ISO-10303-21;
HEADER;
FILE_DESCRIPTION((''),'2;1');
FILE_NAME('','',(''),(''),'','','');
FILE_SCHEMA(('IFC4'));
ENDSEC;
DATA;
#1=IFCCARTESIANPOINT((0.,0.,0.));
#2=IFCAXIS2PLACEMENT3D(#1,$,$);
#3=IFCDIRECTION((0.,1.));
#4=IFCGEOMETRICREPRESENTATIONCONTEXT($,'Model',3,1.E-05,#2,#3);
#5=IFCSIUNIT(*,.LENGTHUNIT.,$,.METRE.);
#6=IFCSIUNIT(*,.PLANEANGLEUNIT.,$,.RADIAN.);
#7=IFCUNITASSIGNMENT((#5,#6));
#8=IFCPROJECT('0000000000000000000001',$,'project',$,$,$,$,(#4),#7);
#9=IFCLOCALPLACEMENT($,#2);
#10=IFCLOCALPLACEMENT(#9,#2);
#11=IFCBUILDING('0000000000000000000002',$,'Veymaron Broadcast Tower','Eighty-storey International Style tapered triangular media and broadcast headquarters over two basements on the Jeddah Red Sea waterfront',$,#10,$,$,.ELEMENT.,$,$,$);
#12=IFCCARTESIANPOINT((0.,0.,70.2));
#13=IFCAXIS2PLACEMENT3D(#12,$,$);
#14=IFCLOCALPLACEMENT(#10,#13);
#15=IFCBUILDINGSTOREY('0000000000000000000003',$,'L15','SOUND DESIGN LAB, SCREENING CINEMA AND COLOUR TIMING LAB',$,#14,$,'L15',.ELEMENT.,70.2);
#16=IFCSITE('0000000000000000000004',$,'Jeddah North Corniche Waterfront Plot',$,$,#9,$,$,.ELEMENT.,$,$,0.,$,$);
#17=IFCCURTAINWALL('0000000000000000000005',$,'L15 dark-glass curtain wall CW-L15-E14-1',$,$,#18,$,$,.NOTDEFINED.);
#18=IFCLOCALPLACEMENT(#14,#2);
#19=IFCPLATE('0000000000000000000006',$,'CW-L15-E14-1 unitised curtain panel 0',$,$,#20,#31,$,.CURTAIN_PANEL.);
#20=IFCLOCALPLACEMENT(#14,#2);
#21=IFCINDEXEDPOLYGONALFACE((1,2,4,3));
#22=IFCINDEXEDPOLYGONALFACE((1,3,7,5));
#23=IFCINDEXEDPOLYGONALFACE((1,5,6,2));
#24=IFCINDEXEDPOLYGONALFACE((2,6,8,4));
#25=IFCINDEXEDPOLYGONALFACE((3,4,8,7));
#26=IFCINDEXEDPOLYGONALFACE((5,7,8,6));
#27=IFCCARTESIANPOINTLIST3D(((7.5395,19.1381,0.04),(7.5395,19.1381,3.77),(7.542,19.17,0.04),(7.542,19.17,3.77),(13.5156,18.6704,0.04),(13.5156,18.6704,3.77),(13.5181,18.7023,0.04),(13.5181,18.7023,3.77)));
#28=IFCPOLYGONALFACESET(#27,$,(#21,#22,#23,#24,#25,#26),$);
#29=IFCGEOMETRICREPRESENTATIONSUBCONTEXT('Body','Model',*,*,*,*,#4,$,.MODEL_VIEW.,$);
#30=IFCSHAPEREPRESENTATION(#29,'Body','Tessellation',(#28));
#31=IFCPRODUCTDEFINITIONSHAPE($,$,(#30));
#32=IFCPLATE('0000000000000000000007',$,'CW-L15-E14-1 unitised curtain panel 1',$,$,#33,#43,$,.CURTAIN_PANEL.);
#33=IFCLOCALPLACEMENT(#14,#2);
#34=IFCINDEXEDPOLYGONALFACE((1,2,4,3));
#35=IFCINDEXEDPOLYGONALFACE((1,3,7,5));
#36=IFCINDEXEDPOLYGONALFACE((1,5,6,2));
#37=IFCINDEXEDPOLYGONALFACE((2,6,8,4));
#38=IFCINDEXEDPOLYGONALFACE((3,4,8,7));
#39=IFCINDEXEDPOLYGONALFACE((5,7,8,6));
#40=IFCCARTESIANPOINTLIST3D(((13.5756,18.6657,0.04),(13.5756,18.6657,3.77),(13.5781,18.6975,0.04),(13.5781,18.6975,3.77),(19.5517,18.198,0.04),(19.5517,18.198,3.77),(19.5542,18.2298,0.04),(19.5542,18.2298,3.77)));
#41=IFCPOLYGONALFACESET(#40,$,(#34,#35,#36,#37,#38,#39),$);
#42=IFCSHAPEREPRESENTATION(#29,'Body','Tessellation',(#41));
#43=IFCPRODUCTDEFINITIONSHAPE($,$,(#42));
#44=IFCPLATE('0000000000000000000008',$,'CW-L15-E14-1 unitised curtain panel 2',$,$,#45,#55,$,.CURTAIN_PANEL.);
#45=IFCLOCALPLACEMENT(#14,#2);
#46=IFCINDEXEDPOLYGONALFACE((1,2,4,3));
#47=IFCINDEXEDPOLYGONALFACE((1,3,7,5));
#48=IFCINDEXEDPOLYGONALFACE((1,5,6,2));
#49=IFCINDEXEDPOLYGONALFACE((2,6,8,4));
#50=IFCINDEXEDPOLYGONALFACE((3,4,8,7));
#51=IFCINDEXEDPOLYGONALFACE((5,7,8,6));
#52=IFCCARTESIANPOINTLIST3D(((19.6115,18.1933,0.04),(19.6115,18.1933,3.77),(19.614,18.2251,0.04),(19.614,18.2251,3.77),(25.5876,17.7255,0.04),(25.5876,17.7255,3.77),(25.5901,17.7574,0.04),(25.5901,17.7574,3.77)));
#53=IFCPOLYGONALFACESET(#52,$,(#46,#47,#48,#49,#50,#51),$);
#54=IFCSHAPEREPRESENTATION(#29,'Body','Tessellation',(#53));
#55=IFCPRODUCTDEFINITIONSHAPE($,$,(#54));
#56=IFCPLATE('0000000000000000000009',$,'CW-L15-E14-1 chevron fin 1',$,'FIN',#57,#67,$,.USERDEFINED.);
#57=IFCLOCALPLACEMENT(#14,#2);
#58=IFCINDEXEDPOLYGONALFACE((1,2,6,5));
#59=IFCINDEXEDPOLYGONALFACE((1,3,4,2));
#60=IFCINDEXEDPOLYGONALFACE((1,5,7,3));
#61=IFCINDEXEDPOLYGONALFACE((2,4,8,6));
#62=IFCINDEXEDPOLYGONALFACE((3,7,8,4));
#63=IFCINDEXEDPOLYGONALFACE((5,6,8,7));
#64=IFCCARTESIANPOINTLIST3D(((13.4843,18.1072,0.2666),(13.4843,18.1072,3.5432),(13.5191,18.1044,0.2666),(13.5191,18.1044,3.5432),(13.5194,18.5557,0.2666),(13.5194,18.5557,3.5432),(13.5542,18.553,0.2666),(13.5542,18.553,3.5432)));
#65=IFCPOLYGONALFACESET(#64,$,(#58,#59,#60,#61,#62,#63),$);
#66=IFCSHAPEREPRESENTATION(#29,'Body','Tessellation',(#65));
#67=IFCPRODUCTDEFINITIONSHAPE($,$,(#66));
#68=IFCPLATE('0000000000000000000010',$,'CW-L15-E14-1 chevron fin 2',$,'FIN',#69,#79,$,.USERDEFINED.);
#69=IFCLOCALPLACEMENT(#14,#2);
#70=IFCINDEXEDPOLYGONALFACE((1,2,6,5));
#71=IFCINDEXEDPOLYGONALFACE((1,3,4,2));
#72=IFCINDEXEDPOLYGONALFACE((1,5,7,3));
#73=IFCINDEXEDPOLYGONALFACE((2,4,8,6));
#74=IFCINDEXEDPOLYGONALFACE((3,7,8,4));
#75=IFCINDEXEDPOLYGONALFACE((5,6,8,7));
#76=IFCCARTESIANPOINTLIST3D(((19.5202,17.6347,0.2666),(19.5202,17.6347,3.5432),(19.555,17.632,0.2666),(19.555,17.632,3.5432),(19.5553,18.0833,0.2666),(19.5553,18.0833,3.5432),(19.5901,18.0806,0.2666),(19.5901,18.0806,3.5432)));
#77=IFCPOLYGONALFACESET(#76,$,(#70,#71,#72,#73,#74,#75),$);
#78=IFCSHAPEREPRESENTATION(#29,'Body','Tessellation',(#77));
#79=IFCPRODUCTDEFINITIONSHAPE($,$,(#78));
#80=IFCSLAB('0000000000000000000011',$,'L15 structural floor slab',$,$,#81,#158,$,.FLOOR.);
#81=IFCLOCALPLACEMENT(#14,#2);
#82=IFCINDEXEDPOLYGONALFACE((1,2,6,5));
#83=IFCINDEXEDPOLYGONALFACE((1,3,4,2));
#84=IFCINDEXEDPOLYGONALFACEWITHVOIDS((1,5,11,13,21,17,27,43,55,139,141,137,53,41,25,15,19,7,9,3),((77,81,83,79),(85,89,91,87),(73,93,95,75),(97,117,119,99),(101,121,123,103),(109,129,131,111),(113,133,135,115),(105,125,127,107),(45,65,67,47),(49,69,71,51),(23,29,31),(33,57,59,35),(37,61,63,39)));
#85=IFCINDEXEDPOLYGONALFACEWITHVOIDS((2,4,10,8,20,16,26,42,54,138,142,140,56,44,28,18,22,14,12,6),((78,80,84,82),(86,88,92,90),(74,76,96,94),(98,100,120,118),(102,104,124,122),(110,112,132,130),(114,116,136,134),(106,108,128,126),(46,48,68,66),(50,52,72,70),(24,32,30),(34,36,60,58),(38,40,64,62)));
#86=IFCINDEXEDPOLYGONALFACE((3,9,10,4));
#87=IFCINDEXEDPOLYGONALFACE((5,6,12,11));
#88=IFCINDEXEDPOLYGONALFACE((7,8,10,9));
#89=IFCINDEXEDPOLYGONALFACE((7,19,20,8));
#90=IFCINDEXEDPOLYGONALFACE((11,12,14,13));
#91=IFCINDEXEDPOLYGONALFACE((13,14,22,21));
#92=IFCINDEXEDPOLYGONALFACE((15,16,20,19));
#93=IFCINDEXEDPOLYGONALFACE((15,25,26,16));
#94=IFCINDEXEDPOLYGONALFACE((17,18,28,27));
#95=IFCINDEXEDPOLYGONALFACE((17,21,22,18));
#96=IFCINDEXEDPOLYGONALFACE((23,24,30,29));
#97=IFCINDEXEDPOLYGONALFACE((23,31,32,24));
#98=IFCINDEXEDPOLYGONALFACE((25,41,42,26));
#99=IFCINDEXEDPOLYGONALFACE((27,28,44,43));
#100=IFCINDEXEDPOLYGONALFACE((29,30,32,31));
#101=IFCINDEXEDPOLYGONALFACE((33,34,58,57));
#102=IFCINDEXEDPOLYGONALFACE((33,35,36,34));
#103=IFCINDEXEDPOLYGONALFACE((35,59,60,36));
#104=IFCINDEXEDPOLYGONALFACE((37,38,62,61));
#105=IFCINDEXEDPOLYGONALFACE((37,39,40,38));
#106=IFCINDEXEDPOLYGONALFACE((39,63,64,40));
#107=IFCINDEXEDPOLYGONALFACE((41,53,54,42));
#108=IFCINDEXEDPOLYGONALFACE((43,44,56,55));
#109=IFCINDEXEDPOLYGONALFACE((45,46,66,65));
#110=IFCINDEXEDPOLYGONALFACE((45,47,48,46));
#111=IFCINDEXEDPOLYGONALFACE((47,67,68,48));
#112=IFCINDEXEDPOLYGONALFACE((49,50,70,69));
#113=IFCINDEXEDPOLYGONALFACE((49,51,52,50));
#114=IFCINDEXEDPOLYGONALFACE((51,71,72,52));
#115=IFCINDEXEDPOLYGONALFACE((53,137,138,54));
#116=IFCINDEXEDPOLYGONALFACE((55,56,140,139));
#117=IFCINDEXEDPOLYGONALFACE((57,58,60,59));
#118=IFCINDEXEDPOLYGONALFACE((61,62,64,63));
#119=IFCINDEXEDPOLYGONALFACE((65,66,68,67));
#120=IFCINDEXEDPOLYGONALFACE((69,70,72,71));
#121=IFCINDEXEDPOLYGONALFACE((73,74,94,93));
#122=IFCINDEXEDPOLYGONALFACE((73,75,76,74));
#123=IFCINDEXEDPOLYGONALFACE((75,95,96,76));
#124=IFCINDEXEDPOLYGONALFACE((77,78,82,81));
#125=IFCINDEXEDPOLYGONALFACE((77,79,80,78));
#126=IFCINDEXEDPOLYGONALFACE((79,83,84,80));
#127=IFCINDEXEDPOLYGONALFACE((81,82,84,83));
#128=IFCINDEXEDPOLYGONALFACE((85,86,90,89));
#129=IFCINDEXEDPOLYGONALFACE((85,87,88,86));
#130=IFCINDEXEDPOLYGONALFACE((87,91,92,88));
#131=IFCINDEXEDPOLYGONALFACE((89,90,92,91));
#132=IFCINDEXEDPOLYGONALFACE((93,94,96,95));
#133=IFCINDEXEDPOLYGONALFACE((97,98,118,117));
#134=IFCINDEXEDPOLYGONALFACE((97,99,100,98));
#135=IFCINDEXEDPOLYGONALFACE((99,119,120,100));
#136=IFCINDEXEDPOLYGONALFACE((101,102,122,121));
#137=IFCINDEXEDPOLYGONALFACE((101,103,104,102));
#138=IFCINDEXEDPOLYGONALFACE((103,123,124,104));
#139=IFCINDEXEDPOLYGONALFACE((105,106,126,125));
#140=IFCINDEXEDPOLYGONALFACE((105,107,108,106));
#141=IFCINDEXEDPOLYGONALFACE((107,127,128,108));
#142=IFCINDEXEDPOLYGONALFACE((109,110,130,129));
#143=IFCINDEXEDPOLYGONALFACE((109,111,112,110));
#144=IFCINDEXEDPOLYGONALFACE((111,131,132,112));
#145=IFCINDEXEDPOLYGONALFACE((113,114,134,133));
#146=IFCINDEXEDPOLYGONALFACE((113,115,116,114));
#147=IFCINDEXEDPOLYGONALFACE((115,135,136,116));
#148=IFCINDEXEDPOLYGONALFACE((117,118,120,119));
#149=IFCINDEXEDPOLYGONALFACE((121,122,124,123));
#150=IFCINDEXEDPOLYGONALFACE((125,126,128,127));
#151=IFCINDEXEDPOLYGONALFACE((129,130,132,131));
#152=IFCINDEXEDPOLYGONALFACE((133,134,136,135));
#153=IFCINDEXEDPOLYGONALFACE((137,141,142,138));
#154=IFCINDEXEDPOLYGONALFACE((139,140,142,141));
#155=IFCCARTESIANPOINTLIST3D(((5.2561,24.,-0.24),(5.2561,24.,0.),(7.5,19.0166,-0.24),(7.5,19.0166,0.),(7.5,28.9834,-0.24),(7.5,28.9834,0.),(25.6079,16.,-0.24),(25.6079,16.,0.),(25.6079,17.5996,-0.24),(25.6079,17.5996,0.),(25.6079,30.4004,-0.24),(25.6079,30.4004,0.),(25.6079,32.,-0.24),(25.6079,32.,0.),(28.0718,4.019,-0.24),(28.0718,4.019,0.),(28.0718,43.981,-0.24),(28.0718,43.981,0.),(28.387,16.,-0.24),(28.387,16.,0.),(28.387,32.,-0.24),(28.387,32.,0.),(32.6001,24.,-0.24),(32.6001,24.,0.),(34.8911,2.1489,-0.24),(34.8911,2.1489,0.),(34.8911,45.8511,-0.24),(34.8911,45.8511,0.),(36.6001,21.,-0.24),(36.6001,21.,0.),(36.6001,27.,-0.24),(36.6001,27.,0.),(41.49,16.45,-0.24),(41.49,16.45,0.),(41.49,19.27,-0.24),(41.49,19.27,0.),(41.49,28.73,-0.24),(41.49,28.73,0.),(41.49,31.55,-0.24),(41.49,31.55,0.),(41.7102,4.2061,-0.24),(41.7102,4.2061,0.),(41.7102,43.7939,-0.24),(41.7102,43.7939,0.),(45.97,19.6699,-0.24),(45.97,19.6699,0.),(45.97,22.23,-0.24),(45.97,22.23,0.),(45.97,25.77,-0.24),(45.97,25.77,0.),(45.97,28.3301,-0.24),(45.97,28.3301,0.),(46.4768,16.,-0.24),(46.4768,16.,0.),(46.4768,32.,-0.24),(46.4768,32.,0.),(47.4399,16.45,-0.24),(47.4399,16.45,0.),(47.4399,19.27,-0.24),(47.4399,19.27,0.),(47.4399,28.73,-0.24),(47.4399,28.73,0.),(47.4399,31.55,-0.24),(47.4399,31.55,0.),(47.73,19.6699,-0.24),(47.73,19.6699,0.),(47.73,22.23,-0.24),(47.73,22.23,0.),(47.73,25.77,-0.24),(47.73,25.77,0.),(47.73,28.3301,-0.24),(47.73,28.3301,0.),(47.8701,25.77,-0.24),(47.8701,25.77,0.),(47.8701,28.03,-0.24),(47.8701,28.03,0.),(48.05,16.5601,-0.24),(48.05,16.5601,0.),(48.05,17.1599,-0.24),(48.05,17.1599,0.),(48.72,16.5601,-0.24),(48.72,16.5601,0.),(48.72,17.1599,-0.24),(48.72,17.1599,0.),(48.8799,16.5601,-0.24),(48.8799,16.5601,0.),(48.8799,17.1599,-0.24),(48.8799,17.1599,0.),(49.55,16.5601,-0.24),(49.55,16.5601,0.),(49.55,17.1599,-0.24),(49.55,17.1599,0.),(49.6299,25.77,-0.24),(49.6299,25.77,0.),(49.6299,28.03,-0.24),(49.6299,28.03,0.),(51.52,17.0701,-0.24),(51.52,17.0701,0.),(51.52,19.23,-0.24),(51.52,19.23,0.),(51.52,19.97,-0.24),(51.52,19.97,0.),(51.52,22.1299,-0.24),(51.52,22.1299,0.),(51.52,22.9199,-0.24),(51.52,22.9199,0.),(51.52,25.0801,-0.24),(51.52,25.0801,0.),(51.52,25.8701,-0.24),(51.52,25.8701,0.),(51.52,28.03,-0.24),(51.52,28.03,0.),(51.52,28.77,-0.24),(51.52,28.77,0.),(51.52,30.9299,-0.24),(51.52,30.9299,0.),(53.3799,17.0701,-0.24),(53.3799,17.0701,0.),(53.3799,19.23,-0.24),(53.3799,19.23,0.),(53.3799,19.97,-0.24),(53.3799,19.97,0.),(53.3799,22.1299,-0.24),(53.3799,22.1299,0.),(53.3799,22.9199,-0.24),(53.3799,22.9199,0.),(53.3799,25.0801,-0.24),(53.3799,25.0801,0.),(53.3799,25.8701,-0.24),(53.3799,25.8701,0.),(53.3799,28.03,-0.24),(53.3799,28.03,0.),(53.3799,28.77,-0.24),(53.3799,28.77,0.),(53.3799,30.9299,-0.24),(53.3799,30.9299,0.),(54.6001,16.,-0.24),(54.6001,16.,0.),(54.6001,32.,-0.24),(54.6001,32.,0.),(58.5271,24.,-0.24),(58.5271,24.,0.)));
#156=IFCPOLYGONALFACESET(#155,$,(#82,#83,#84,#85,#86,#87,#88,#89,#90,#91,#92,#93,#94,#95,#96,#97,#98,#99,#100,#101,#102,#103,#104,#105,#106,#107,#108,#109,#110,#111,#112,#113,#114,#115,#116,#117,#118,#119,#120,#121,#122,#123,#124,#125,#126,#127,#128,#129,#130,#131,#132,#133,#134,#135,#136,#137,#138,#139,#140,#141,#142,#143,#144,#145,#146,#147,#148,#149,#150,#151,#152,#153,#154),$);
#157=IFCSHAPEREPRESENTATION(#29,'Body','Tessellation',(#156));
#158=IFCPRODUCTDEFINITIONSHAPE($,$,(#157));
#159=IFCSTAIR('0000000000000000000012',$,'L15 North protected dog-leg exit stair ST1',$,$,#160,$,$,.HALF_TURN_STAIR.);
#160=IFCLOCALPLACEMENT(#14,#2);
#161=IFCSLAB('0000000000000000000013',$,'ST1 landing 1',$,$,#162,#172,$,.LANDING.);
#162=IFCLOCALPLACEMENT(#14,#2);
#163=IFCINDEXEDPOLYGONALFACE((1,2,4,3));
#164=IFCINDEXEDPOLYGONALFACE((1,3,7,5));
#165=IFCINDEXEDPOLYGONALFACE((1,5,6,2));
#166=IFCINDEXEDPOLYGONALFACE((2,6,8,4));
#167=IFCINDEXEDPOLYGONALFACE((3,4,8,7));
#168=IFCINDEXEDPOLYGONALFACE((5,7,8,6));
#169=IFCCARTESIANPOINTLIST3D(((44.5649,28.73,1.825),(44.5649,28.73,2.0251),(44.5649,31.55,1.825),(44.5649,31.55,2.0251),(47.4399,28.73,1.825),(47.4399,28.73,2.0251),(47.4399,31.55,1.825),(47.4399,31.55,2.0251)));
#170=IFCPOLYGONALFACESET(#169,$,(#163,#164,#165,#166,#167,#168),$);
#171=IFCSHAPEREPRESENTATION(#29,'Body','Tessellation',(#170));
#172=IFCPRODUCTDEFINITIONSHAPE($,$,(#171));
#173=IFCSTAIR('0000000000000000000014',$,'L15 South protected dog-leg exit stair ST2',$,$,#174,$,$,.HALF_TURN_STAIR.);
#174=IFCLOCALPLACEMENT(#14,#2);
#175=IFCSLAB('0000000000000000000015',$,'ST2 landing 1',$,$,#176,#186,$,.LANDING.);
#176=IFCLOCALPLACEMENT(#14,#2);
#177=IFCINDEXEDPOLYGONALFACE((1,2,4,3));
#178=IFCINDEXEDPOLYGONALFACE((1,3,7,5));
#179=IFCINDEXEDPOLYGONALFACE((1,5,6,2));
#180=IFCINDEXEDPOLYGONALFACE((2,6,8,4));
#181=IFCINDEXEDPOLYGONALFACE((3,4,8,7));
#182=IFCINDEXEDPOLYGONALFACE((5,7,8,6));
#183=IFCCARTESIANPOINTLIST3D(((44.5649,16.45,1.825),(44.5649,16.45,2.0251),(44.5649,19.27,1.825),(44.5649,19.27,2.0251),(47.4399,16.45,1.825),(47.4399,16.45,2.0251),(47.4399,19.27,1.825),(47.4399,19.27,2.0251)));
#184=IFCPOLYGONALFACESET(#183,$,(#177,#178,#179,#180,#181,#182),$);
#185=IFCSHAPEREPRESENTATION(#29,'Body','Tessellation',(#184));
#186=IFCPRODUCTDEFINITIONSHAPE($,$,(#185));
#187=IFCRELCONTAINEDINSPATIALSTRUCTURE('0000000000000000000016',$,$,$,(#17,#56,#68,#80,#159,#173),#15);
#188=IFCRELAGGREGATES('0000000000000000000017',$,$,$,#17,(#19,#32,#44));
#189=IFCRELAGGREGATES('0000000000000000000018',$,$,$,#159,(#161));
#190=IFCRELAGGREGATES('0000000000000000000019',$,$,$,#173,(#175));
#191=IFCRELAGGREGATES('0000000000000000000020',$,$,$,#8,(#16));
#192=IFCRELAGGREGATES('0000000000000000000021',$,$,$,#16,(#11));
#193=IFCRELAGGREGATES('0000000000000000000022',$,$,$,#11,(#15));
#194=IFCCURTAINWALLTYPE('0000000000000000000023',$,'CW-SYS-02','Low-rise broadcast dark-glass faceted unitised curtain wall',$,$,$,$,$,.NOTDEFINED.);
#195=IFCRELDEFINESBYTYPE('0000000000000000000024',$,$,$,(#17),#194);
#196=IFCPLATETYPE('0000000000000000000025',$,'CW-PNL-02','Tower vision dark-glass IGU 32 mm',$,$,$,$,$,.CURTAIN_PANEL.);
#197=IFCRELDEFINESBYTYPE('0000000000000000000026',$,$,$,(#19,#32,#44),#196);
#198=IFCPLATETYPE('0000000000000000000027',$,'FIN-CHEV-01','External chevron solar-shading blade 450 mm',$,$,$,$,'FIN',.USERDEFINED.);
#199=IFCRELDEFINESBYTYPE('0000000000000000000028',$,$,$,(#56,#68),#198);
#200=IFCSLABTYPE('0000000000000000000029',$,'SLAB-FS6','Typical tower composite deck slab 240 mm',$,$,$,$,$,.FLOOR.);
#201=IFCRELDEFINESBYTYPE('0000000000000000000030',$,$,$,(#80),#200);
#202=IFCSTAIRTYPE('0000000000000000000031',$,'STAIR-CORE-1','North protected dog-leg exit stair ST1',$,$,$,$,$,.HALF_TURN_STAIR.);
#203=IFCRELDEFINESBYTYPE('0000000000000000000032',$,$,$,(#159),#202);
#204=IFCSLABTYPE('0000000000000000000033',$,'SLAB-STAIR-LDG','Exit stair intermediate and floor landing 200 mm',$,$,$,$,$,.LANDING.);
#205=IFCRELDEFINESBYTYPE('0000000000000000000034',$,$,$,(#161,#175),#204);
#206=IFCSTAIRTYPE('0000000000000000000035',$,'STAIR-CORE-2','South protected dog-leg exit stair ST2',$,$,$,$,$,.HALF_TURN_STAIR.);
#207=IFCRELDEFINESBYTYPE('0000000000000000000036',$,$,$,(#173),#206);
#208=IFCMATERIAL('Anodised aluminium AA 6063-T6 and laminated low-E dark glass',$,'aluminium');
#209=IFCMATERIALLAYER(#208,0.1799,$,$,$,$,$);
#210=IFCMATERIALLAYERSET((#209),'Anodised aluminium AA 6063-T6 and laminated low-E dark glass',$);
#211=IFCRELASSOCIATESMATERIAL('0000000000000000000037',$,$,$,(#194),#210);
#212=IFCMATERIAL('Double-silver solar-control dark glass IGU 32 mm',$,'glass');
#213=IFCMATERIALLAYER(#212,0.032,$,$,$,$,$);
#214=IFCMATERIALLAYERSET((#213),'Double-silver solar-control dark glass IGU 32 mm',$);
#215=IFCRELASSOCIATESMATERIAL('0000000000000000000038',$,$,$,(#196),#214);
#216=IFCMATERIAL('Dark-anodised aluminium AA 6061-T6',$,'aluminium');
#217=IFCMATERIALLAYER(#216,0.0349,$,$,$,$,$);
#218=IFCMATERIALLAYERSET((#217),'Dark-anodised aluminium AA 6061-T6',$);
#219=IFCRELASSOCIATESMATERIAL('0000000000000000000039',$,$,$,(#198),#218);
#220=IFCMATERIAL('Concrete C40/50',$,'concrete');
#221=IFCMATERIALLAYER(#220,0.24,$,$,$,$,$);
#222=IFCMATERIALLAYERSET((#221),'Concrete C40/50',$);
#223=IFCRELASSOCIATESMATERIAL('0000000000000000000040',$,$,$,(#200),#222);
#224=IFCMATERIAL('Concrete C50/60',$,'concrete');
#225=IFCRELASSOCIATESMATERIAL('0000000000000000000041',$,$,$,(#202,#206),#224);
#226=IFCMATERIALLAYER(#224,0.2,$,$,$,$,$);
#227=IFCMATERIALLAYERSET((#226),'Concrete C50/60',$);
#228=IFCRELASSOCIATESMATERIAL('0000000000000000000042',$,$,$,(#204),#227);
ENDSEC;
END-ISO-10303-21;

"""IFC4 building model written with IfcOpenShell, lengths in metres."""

from ifc_helpers import new_model, si_unit, direction, frame, origin, origin_2d, place, context, subcontext, project, spatial, polyline, rectangle, outline, extrude, material, layer, layer_set, type_object, element, aggregate, save


model = new_model("IFC4")

# Units and contexts
model_context = context("Model", 3, precision=1e-05, world=origin(), true_north=direction((0.0, 1.0)))
body_context = subcontext(model_context, "Body", "Model", "MODEL_VIEW")
ifc_project = project(units=[si_unit("LENGTHUNIT", "METRE"), si_unit("PLANEANGLEUNIT", "RADIAN")], contexts=[model_context])

# Site, building, storey
site_placement = place(None, origin())
site = spatial("IfcSite", under=ifc_project, at=site_placement, Name="Jeddah North Corniche Waterfront Plot", CompositionType="ELEMENT", RefElevation=0.0)
building_placement = place(site_placement, origin())
building = spatial("IfcBuilding", under=site, at=building_placement, Name="Veymaron Broadcast Tower", Description="Eighty-storey International Style tapered triangular media and broadcast headquarters over two basements on the Jeddah Red Sea waterfront", CompositionType="ELEMENT")
storey_placement = place(building_placement, frame((0.0, 0.0, 70.2)))
storey = spatial("IfcBuildingStorey", under=building, at=storey_placement, Name="L15", Description="SOUND DESIGN LAB, SCREENING CINEMA AND COLOUR TIMING LAB", LongName="L15", CompositionType="ELEMENT", Elevation=70.2)

# Curtain wall, plates
ifc_material_1 = material(Name="Anodised aluminium AA 6063-T6 and laminated low-E dark glass", Category="aluminium")
ifc_layer_1 = layer(ifc_material_1, 0.1799)
ifc_layer_set_1 = layer_set([ifc_layer_1], Name="Anodised aluminium AA 6063-T6 and laminated low-E dark glass")
curtain_wall_type = type_object("IfcCurtainWallType", Name="CW-SYS-02", Description="Low-rise broadcast dark-glass faceted unitised curtain wall", PredefinedType="NOTDEFINED", material=ifc_layer_set_1)
curtain_wall_placement = place(storey_placement, origin())
curtain_wall = element("IfcCurtainWall", 1, at=curtain_wall_placement, inside=storey, type_object=curtain_wall_type, Name="L15 dark-glass curtain wall CW-L15-E14-1", PredefinedType="NOTDEFINED")
ifc_material_2 = material(Name="Double-silver solar-control dark glass IGU 32 mm", Category="glass")
ifc_layer_2 = layer(ifc_material_2, 0.032)
ifc_layer_set_2 = layer_set([ifc_layer_2], Name="Double-silver solar-control dark glass IGU 32 mm")
plate_type_1 = type_object("IfcPlateType", Name="CW-PNL-02", Description="Tower vision dark-glass IGU 32 mm", PredefinedType="CURTAIN_PANEL", material=ifc_layer_set_2)
plate_1_placement = place(storey_placement, frame((10.5288, 18.9202, 0.04), z_axis=(0.0, 0.0, 1.0), x_axis=(0.996951, -0.078024, 0.0)))
plate_1 = element("IfcPlate", 2, at=plate_1_placement, type_object=plate_type_1, Name="CW-L15-E14-1 unitised curtain panel 0", PredefinedType="CURTAIN_PANEL", context=body_context, shape_type="SweptSolid", body=[
    extrude(rectangle(XDim=5.9944, YDim=0.032, at=origin_2d()), origin(), (0.0, 0.0, 1.0), 3.73),
])
plate_2_placement = place(storey_placement, frame((16.5649, 18.4478, 0.04), z_axis=(0.0, 0.0, 1.0), x_axis=(0.996951, -0.078024, 0.0)))
plate_2 = element("IfcPlate", 3, at=plate_2_placement, type_object=plate_type_1, Name="CW-L15-E14-1 unitised curtain panel 1", PredefinedType="CURTAIN_PANEL", context=body_context, shape_type="SweptSolid", body=[
    extrude(rectangle(XDim=5.9944, YDim=0.032, at=origin_2d()), origin(), (0.0, 0.0, 1.0), 3.73),
])
plate_3_placement = place(storey_placement, frame((22.6008, 17.9753, 0.04), z_axis=(0.0, 0.0, 1.0), x_axis=(0.996951, -0.078024, 0.0)))
plate_3 = element("IfcPlate", 4, at=plate_3_placement, type_object=plate_type_1, Name="CW-L15-E14-1 unitised curtain panel 2", PredefinedType="CURTAIN_PANEL", context=body_context, shape_type="SweptSolid", body=[
    extrude(rectangle(XDim=5.9944, YDim=0.032, at=origin_2d()), origin(), (0.0, 0.0, 1.0), 3.73),
])
aggregate(curtain_wall, [plate_1, plate_2, plate_3])

# Plates
ifc_material_3 = material(Name="Dark-anodised aluminium AA 6061-T6", Category="aluminium")
ifc_layer_3 = layer(ifc_material_3, 0.0349)
ifc_layer_set_3 = layer_set([ifc_layer_3], Name="Dark-anodised aluminium AA 6061-T6")
plate_type_2 = type_object("IfcPlateType", Name="FIN-CHEV-01", Description="External chevron solar-shading blade 450 mm", ElementType="FIN", PredefinedType="USERDEFINED", material=ifc_layer_set_3)
for number, where, z_axis, x_axis, name in (
    (5, (13.5193, 18.3301, 0.2666), (0.0, 0.0, 1.0), (-0.078024, -0.996951, 0.0), "CW-L15-E14-1 chevron fin 1"),
    (6, (19.5552, 17.8577, 0.2666), (0.0, 0.0, 1.0), (-0.078024, -0.996951, 0.0), "CW-L15-E14-1 chevron fin 2"),
):
    element("IfcPlate", number, at=place(storey_placement, frame(where, z_axis=z_axis, x_axis=x_axis)), inside=storey, type_object=plate_type_2, Name=name, ObjectType="FIN", PredefinedType="USERDEFINED", context=body_context, shape_type="SweptSolid", body=[
        extrude(rectangle(XDim=0.45, YDim=0.0349, at=origin_2d()), origin(), (0.0, 0.0, 1.0), 3.2766),
    ])

# Slab
ifc_material_4 = material(Name="Concrete C40/50", Category="concrete")
ifc_layer_4 = layer(ifc_material_4, 0.24)
ifc_layer_set_4 = layer_set([ifc_layer_4], Name="Concrete C40/50")
slab_type_1 = type_object("IfcSlabType", Name="SLAB-FS6", Description="Typical tower composite deck slab 240 mm", PredefinedType="FLOOR", material=ifc_layer_set_4)
slab_1_placement = place(storey_placement, frame((0.0, 0.0, -0.24)))
element("IfcSlab", 7, at=slab_1_placement, inside=storey, type_object=slab_type_1, Name="L15 structural floor slab", PredefinedType="FLOOR", context=body_context, shape_type="SweptSolid", body=[
    extrude(outline(polyline([(46.4768, 16.0), (54.6001, 16.0), (58.5271, 24.0), (54.6001, 32.0), (46.4768, 32.0), (41.7102, 43.7939), (34.8911, 45.8511), (28.0718, 43.981), (28.387, 32.0), (25.6079, 32.0), (25.6079, 30.4004), (7.5, 28.9834), (5.2561, 24.0), (7.5, 19.0166), (25.6079, 17.5996), (25.6079, 16.0), (28.387, 16.0), (28.0718, 4.019), (34.8911, 2.1489), (41.7102, 4.2061), (46.4768, 16.0)]), holes=[polyline([(45.97, 28.3301), (47.73, 28.3301), (47.73, 25.77), (45.97, 25.77), (45.97, 28.3301)]), polyline([(45.97, 22.23), (47.73, 22.23), (47.73, 19.6699), (45.97, 19.6699), (45.97, 22.23)]), polyline([(47.8701, 28.03), (49.6299, 28.03), (49.6299, 25.77), (47.8701, 25.77), (47.8701, 28.03)]), polyline([(51.52, 30.9299), (53.3799, 30.9299), (53.3799, 28.77), (51.52, 28.77), (51.52, 30.9299)]), polyline([(51.52, 28.03), (53.3799, 28.03), (53.3799, 25.8701), (51.52, 25.8701), (51.52, 28.03)]), polyline([(51.52, 22.1299), (53.3799, 22.1299), (53.3799, 19.97), (51.52, 19.97), (51.52, 22.1299)]), polyline([(51.52, 25.0801), (53.3799, 25.0801), (53.3799, 22.9199), (51.52, 22.9199), (51.52, 25.0801)]), polyline([(51.52, 19.23), (53.3799, 19.23), (53.3799, 17.0701), (51.52, 17.0701), (51.52, 19.23)]), polyline([(48.05, 17.1599), (48.72, 17.1599), (48.72, 16.5601), (48.05, 16.5601), (48.05, 17.1599)]), polyline([(48.8799, 17.1599), (49.55, 17.1599), (49.55, 16.5601), (48.8799, 16.5601), (48.8799, 17.1599)]), polyline([(36.6001, 27.0), (36.6001, 21.0), (32.6001, 24.0), (36.6001, 27.0)]), polyline([(41.49, 31.55), (47.4399, 31.55), (47.4399, 28.73), (41.49, 28.73), (41.49, 31.55)]), polyline([(41.49, 19.27), (47.4399, 19.27), (47.4399, 16.45), (41.49, 16.45), (41.49, 19.27)])]), origin(), (0.0, 0.0, 1.0), 0.24),
])

# Stairs, slabs
ifc_material_5 = material(Name="Concrete C50/60", Category="concrete")
stair_type_1 = type_object("IfcStairType", Name="STAIR-CORE-1", Description="North protected dog-leg exit stair ST1", PredefinedType="HALF_TURN_STAIR", material=ifc_material_5)
stair_1_placement = place(storey_placement, origin())
stair_1 = element("IfcStair", 8, at=stair_1_placement, inside=storey, type_object=stair_type_1, Name="L15 North protected dog-leg exit stair ST1", PredefinedType="HALF_TURN_STAIR")
ifc_layer_5 = layer(ifc_material_5, 0.2)
ifc_layer_set_5 = layer_set([ifc_layer_5], Name="Concrete C50/60")
slab_type_2 = type_object("IfcSlabType", Name="SLAB-STAIR-LDG", Description="Exit stair intermediate and floor landing 200 mm", PredefinedType="LANDING", material=ifc_layer_set_5)
slab_2_placement = place(storey_placement, frame((0.0, 0.0, 1.825)))
slab_2 = element("IfcSlab", 9, at=slab_2_placement, type_object=slab_type_2, Name="ST1 landing 1", PredefinedType="LANDING", context=body_context, shape_type="SweptSolid", body=[
    extrude(outline(polyline([(44.5649, 28.73), (47.4399, 28.73), (47.4399, 31.55), (44.5649, 31.55), (44.5649, 28.73)])), origin(), (0.0, 0.0, 1.0), 0.2002),
])
aggregate(stair_1, [slab_2])
stair_type_2 = type_object("IfcStairType", Name="STAIR-CORE-2", Description="South protected dog-leg exit stair ST2", PredefinedType="HALF_TURN_STAIR", material=ifc_material_5)
stair_2_placement = place(storey_placement, origin())
stair_2 = element("IfcStair", 10, at=stair_2_placement, inside=storey, type_object=stair_type_2, Name="L15 South protected dog-leg exit stair ST2", PredefinedType="HALF_TURN_STAIR")
slab_3_placement = place(storey_placement, frame((0.0, 0.0, 1.825)))
slab_3 = element("IfcSlab", 11, at=slab_3_placement, type_object=slab_type_2, Name="ST2 landing 1", PredefinedType="LANDING", context=body_context, shape_type="SweptSolid", body=[
    extrude(outline(polyline([(44.5649, 16.45), (47.4399, 16.45), (47.4399, 19.27), (44.5649, 19.27), (44.5649, 16.45)])), origin(), (0.0, 0.0, 1.0), 0.2002),
])
aggregate(stair_2, [slab_3])

save(model, "model.ifc")
